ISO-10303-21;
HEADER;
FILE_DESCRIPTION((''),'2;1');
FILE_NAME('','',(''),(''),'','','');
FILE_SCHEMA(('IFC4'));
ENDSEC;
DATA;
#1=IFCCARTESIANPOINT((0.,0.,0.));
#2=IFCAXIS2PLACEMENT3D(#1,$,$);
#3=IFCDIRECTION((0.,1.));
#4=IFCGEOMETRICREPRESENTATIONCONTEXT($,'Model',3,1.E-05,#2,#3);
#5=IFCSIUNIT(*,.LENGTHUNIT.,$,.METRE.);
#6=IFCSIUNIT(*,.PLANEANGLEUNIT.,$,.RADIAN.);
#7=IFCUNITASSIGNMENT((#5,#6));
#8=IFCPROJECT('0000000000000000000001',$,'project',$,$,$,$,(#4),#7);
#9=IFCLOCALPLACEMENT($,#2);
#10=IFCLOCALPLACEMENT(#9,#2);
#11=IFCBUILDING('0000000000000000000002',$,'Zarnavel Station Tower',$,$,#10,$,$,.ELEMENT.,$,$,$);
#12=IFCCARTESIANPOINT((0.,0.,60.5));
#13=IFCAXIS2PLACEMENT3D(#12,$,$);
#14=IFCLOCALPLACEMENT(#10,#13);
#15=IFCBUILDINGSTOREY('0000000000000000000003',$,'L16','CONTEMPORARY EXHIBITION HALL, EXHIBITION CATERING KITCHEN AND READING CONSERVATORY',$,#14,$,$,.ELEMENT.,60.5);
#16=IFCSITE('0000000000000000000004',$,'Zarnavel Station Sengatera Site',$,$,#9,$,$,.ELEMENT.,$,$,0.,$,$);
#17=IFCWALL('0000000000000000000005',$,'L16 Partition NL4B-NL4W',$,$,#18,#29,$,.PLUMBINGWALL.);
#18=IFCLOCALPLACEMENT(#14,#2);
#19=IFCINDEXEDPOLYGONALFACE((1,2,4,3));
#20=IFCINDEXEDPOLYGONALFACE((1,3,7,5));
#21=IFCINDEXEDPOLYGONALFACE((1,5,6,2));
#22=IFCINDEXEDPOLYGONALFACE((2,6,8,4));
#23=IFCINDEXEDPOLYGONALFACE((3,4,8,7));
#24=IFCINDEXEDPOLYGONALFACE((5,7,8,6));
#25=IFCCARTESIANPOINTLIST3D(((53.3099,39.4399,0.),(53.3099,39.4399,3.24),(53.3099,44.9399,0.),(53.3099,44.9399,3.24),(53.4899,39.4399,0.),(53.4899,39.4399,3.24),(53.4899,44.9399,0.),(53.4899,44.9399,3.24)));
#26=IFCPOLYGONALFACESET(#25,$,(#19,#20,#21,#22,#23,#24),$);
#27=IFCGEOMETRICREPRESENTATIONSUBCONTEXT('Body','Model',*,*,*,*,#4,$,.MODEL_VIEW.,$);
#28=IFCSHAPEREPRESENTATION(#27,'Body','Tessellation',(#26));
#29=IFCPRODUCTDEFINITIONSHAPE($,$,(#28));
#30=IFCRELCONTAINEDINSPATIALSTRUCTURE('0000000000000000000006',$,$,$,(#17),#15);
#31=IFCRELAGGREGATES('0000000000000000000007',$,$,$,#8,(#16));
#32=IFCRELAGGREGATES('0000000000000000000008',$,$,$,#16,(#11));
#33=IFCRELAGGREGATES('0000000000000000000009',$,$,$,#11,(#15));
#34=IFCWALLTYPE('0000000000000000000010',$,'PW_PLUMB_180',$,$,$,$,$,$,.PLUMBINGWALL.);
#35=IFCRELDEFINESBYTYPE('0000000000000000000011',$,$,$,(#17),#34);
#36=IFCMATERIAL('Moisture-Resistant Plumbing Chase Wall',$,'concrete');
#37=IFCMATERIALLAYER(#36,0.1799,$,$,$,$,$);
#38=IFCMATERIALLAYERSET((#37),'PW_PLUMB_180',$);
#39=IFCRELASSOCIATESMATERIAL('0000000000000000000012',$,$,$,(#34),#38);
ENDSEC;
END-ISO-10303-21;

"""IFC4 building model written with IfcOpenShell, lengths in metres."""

from ifc_helpers import new_model, si_unit, direction, frame, frame_2d, origin, place, context, subcontext, project, spatial, rectangle, extrude, material, layer, layer_set, type_object, element, save


model = new_model("IFC4")

# Units and contexts
model_context = context("Model", 3, precision=1e-05, world=origin(), true_north=direction((0.0, 1.0)))
body_context = subcontext(model_context, "Body", "Model", "MODEL_VIEW")
ifc_project = project(units=[si_unit("LENGTHUNIT", "METRE"), si_unit("PLANEANGLEUNIT", "RADIAN")], contexts=[model_context])

# Site, building, storey
site_placement = place(None, origin())
site = spatial("IfcSite", under=ifc_project, at=site_placement, Name="Zarnavel Station Sengatera Site", CompositionType="ELEMENT", RefElevation=0.0)
building_placement = place(site_placement, origin())
building = spatial("IfcBuilding", under=site, at=building_placement, Name="Zarnavel Station Tower", CompositionType="ELEMENT")
storey_placement = place(building_placement, frame((0.0, 0.0, 60.5)))
storey = spatial("IfcBuildingStorey", under=building, at=storey_placement, Name="L16", Description="CONTEMPORARY EXHIBITION HALL, EXHIBITION CATERING KITCHEN AND READING CONSERVATORY", CompositionType="ELEMENT", Elevation=60.5)

# Shared definitions
ifc_material_1 = material(Name="Moisture-Resistant Plumbing Chase Wall", Category="concrete")
ifc_layer_1 = layer(ifc_material_1, 0.1799)
ifc_layer_set_1 = layer_set([ifc_layer_1], Name="PW_PLUMB_180")
wall_type_1 = type_object("IfcWallType", Name="PW_PLUMB_180", PredefinedType="PLUMBINGWALL", material=ifc_layer_set_1)

# Wall
wall_1_placement = place(storey_placement, frame((53.3999, 39.4399, 0.0), z_axis=(0.0, 0.0, 1.0), x_axis=(0.0, 1.0, 0.0)))
element("IfcWall", 1, at=wall_1_placement, inside=storey, type_object=wall_type_1, Name="L16 Partition NL4B-NL4W", PredefinedType="PLUMBINGWALL", context=body_context, shape_type="SweptSolid", body=[
    extrude(rectangle(XDim=5.5, YDim=0.1799, at=frame_2d((2.75, 0.0))), origin(), (0.0, 0.0, 1.0), 3.24),
])

save(model, "model.ifc")
